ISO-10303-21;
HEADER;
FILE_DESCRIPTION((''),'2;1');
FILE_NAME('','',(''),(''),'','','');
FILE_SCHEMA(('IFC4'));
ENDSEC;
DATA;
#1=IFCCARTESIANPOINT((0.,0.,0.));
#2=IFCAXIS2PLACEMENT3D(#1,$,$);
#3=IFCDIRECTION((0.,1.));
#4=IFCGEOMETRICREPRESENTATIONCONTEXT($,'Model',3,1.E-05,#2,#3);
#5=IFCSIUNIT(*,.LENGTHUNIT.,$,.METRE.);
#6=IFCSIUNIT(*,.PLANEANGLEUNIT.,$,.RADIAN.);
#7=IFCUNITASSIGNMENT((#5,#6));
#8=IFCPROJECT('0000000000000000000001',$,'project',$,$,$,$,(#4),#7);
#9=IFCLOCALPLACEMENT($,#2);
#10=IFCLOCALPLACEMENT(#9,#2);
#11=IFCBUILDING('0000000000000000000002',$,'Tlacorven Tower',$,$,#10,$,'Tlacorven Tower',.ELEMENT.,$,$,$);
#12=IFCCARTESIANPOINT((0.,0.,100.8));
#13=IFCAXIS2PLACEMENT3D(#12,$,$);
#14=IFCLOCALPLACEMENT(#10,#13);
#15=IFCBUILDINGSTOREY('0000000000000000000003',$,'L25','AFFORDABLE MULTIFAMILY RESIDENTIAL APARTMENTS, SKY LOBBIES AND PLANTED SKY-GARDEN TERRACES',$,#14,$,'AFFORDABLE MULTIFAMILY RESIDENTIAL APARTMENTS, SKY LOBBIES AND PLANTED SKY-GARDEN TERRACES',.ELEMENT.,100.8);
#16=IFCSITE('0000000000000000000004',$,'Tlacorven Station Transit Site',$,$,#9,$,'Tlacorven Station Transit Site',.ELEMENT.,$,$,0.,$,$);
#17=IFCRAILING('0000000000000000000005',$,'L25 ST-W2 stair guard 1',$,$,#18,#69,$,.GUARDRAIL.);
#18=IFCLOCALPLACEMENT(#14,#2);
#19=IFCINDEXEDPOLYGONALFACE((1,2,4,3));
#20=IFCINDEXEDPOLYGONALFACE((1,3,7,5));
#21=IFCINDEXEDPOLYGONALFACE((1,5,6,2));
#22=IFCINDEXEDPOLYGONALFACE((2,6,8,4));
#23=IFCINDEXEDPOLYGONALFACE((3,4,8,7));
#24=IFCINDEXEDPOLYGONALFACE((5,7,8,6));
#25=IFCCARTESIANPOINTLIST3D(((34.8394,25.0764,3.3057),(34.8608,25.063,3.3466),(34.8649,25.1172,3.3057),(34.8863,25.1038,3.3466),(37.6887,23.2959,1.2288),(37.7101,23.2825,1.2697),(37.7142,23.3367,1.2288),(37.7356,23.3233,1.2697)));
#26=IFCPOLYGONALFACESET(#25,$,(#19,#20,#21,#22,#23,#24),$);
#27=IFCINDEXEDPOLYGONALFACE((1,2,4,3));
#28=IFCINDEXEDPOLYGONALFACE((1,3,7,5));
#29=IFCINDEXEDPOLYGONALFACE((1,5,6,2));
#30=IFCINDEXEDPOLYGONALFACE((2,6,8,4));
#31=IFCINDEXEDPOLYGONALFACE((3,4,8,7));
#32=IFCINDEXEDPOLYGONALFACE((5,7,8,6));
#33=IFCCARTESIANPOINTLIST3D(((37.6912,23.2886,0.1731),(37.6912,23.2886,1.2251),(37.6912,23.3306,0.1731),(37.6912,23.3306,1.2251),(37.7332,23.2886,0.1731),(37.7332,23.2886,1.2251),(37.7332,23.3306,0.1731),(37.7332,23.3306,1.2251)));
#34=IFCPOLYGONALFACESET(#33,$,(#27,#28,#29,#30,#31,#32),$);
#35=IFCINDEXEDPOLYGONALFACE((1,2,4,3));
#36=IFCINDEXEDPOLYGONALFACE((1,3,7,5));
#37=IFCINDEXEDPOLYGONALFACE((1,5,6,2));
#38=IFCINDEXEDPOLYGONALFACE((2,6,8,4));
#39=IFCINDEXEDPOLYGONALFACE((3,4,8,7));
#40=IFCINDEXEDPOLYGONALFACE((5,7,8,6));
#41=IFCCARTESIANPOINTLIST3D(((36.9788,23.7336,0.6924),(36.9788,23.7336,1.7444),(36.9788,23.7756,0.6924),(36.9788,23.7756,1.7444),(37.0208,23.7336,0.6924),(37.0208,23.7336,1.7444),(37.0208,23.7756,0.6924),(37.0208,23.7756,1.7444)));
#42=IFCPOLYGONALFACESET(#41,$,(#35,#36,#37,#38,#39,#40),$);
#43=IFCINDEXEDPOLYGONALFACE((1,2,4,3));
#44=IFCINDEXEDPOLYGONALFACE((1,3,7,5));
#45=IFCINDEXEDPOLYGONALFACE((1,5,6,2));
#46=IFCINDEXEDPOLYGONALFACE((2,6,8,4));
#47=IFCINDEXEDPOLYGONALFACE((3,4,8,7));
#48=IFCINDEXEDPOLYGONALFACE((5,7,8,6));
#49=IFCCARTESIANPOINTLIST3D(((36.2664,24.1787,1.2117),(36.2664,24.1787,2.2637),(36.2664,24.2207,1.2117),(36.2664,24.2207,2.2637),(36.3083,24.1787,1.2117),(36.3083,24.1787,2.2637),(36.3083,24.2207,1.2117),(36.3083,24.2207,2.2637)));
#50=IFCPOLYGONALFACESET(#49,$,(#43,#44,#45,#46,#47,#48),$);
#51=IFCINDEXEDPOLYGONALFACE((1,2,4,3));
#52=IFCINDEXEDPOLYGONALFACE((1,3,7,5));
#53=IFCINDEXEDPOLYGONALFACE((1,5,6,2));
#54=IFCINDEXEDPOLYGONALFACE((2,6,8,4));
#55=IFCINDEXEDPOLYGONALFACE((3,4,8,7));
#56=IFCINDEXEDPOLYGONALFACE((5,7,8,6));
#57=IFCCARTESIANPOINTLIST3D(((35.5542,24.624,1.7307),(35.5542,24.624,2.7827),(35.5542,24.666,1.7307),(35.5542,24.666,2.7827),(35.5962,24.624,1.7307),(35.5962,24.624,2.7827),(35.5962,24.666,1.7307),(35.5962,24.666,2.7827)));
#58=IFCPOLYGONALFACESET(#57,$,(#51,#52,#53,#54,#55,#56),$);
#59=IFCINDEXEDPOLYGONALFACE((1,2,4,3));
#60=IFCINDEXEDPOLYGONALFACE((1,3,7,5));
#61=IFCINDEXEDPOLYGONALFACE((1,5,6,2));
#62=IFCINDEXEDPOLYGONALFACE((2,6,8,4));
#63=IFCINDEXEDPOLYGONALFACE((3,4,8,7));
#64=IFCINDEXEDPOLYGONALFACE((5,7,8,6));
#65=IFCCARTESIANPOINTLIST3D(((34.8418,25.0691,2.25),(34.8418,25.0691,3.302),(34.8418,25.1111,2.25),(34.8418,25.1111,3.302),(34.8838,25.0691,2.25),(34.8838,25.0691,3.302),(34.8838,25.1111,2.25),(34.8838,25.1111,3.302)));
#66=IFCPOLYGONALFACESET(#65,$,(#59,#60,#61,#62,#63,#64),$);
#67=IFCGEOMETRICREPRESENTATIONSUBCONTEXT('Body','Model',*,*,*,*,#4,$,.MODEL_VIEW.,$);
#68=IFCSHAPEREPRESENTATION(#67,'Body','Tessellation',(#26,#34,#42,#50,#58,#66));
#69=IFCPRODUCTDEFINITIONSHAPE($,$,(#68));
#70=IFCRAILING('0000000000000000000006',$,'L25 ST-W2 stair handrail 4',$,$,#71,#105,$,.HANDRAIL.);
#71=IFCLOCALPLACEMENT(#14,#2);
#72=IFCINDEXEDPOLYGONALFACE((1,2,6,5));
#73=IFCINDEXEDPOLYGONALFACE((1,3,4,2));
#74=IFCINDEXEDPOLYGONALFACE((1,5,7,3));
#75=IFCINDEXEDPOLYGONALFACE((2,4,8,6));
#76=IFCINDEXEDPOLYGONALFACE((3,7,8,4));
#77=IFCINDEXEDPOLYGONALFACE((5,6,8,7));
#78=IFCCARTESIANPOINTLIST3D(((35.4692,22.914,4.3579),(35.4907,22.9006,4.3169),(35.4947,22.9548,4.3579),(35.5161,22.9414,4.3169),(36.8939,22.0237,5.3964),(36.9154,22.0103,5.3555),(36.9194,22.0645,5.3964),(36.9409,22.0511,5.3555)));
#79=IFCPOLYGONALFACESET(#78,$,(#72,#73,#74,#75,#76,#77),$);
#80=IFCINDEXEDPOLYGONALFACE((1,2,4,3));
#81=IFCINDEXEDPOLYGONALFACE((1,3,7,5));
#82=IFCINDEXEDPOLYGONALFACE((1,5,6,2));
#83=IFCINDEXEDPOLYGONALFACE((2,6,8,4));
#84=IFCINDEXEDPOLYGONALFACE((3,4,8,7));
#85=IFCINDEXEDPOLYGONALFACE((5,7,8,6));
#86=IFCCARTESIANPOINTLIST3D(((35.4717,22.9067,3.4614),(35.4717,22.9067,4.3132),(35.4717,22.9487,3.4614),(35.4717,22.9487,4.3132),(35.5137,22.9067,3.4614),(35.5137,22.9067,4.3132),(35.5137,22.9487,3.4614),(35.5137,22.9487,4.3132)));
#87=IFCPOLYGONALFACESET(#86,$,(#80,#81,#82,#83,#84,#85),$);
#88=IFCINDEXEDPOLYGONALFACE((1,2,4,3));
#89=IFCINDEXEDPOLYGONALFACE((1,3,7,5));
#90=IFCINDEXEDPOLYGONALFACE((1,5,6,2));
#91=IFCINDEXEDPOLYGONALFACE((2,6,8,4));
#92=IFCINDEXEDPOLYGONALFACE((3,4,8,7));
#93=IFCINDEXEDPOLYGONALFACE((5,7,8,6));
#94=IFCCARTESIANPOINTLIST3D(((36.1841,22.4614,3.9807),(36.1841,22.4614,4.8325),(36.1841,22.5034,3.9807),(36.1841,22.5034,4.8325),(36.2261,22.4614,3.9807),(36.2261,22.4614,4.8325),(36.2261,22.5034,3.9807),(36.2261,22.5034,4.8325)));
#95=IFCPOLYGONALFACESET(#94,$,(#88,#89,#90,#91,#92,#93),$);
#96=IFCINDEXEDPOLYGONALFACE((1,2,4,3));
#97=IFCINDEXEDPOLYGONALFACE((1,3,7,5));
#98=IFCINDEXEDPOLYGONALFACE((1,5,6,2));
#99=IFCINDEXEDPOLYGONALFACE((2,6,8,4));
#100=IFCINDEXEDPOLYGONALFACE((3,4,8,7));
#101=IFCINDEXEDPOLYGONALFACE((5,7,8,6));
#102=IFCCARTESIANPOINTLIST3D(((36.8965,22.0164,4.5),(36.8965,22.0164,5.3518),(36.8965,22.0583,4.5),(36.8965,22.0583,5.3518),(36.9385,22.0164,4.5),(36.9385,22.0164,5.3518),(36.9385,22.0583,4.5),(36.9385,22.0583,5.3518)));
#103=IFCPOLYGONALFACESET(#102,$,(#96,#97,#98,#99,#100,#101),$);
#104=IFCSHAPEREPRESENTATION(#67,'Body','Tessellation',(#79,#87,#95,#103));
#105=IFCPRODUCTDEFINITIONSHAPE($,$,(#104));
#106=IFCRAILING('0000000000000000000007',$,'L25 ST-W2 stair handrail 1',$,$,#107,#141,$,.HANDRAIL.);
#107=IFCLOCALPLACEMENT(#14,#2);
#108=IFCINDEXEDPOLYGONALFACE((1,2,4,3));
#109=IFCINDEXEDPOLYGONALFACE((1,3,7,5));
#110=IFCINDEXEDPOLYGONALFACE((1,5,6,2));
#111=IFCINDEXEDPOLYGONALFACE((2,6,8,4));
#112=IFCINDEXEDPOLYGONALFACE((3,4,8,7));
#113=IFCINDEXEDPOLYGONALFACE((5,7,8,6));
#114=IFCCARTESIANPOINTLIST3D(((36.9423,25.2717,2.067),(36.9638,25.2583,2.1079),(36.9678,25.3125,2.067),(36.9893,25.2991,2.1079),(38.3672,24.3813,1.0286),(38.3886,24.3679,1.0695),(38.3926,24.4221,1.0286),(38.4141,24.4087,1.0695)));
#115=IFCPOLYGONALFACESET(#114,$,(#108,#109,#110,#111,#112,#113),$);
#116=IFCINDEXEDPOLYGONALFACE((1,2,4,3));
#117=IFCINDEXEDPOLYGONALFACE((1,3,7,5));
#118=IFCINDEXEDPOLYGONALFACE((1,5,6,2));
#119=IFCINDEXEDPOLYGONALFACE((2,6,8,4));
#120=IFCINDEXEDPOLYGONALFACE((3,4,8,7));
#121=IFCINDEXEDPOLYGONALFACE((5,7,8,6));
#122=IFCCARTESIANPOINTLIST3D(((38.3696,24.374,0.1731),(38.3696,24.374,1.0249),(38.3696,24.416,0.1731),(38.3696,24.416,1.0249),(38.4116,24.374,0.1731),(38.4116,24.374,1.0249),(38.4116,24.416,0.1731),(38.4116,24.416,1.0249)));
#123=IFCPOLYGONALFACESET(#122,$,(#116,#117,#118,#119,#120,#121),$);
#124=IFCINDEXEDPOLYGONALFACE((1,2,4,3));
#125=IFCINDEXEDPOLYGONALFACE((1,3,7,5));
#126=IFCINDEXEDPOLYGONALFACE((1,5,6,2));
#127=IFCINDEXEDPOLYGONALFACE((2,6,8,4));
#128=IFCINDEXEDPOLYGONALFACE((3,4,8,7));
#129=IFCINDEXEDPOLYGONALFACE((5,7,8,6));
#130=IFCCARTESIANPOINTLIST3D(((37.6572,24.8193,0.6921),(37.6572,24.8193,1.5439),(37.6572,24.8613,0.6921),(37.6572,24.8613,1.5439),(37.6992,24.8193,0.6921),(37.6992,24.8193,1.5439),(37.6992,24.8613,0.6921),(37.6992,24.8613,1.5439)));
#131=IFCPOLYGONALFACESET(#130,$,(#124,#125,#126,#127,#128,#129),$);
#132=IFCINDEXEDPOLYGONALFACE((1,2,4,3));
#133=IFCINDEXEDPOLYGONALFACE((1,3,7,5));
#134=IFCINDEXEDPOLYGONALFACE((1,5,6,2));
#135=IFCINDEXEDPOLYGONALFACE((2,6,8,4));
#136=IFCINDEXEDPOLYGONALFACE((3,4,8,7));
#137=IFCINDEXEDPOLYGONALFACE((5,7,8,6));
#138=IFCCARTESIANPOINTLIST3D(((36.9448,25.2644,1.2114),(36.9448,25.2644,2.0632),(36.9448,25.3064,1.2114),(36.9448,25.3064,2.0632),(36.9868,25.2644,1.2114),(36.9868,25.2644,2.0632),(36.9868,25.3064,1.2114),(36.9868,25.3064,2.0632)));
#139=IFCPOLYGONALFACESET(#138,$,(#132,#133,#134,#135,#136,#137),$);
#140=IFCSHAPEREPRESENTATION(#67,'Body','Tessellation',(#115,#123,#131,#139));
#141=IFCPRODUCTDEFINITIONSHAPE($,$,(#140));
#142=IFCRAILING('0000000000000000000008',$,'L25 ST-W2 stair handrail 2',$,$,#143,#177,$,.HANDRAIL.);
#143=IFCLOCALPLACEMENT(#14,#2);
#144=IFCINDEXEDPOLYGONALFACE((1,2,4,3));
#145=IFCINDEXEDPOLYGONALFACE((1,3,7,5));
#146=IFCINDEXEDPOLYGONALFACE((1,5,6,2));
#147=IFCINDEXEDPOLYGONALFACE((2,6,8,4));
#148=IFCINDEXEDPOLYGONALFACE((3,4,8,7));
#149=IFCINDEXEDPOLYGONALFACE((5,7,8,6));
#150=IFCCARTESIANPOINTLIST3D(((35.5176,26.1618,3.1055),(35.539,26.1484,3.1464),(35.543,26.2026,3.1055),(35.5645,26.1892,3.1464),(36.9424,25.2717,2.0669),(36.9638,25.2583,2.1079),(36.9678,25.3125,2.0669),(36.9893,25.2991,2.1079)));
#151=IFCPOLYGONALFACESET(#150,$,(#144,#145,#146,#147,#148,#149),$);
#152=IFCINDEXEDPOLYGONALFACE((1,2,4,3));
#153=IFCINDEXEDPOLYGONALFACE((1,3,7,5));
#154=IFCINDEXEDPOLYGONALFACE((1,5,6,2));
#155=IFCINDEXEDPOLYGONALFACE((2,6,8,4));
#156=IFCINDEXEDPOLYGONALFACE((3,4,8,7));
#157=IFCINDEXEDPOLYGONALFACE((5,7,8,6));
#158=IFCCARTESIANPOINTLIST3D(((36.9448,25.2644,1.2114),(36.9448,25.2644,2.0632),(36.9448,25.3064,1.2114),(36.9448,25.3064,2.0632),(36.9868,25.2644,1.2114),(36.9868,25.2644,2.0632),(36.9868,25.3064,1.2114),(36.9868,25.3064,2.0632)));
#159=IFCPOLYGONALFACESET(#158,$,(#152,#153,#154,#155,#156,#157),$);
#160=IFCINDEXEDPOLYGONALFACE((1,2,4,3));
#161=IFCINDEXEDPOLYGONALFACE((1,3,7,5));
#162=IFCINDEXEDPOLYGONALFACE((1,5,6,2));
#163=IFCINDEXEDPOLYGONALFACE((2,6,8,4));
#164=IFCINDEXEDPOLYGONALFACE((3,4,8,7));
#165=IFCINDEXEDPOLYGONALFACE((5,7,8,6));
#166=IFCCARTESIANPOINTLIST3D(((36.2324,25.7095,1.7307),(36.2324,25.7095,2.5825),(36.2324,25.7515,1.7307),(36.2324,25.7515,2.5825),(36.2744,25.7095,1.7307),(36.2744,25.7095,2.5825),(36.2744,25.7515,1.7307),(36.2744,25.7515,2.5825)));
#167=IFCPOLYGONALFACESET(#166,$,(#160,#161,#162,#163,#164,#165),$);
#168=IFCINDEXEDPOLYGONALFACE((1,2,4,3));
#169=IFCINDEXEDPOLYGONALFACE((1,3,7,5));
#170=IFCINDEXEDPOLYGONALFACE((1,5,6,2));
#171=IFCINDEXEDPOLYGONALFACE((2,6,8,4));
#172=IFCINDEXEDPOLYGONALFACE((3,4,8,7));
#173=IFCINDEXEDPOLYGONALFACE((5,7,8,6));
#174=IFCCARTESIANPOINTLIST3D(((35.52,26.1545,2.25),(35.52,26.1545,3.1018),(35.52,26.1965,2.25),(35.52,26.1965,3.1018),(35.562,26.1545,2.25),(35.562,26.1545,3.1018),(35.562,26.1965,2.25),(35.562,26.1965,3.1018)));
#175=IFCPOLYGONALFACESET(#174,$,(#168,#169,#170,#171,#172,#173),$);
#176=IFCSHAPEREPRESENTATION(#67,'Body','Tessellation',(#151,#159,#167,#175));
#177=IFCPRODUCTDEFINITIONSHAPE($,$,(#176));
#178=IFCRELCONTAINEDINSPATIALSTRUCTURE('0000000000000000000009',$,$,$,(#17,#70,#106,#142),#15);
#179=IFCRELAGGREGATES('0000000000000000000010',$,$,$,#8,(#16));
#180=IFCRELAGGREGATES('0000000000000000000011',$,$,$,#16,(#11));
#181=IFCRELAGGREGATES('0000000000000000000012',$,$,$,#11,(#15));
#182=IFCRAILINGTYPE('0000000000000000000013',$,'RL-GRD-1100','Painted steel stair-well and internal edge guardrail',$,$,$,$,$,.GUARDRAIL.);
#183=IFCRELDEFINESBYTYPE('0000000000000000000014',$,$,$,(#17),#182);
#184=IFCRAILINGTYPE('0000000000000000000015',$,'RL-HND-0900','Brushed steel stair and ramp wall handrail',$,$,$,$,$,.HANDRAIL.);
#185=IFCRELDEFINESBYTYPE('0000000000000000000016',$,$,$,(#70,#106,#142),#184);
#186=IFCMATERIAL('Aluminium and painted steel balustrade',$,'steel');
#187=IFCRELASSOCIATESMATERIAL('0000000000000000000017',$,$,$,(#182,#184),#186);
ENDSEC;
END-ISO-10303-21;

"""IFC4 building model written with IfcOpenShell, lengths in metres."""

from ifc_helpers import new_model, si_unit, direction, frame, origin, origin_2d, place, context, subcontext, project, spatial, rectangle, extrude, source, transform, mapped, material, type_object, element, save


model = new_model("IFC4")

# Units and contexts
model_context = context("Model", 3, precision=1e-05, world=origin(), true_north=direction((0.0, 1.0)))
body_context = subcontext(model_context, "Body", "Model", "MODEL_VIEW")
ifc_project = project(units=[si_unit("LENGTHUNIT", "METRE"), si_unit("PLANEANGLEUNIT", "RADIAN")], contexts=[model_context])

# Site, building, storey
site_placement = place(None, origin())
site = spatial("IfcSite", under=ifc_project, at=site_placement, Name="Tlacorven Station Transit Site", LongName="Tlacorven Station Transit Site", CompositionType="ELEMENT", RefElevation=0.0)
building_placement = place(site_placement, origin())
building = spatial("IfcBuilding", under=site, at=building_placement, Name="Tlacorven Tower", LongName="Tlacorven Tower", CompositionType="ELEMENT")
storey_placement = place(building_placement, frame((0.0, 0.0, 100.8)))
storey = spatial("IfcBuildingStorey", under=building, at=storey_placement, Name="L25", Description="AFFORDABLE MULTIFAMILY RESIDENTIAL APARTMENTS, SKY LOBBIES AND PLANTED SKY-GARDEN TERRACES", LongName="AFFORDABLE MULTIFAMILY RESIDENTIAL APARTMENTS, SKY LOBBIES AND PLANTED SKY-GARDEN TERRACES", CompositionType="ELEMENT", Elevation=100.8)

# Railings
ifc_material_1 = material(Name="Aluminium and painted steel balustrade", Category="steel")
railing_type_1 = type_object("IfcRailingType", Name="RL-GRD-1100", Description="Painted steel stair-well and internal edge guardrail", PredefinedType="GUARDRAIL", material=ifc_material_1)
shared_shape_1 = source(origin(), body_context, "Body", "SweptSolid", [
    extrude(rectangle(XDim=0.0481, YDim=0.0481, at=origin_2d()), frame((0.0, 0.0, 1.0762), z_axis=(-0.721355, 0.450762, 0.525796), x_axis=(-0.529927, -0.848043, 0.0)), (0.0, 0.0, 1.0), 3.95),
    extrude(rectangle(XDim=0.042, YDim=0.042, at=origin_2d()), origin(), (0.0, 0.0, 1.0), 1.052),
    extrude(rectangle(XDim=0.042, YDim=0.042, at=origin_2d()), frame((-0.7124, 0.4451, 0.5193)), (0.0, 0.0, 1.0), 1.052),
    extrude(rectangle(XDim=0.042, YDim=0.042, at=origin_2d()), frame((-1.4248, 0.8901, 1.0386)), (0.0, 0.0, 1.0), 1.052),
    extrude(rectangle(XDim=0.042, YDim=0.042, at=origin_2d()), frame((-2.137, 1.3354, 1.5576)), (0.0, 0.0, 1.0), 1.052),
    extrude(rectangle(XDim=0.042, YDim=0.042, at=origin_2d()), frame((-2.8494, 1.7805, 2.0769)), (0.0, 0.0, 1.0), 1.052),
])
railing_1_placement = place(storey_placement, frame((37.7122, 23.3096, 0.1731)))
element("IfcRailing", 1, at=railing_1_placement, inside=storey, type_object=railing_type_1, Name="L25 ST-W2 stair guard 1", PredefinedType="GUARDRAIL", context=body_context, shape_type="MappedRepresentation", body=[
    mapped(shared_shape_1, transform((0.0, 0.0, 0.0), scale=1.0)),
])
railing_type_2 = type_object("IfcRailingType", Name="RL-HND-0900", Description="Brushed steel stair and ramp wall handrail", PredefinedType="HANDRAIL", material=ifc_material_1)
shared_shape_2 = source(origin(), body_context, "Body", "SweptSolid", [
    extrude(rectangle(XDim=0.0481, YDim=0.0481, at=origin_2d()), frame((0.0, 0.0, 0.876), z_axis=(0.721341, -0.450776, 0.525803), x_axis=(0.529947, 0.848031, 0.0)), (0.0, 0.0, 1.0), 1.9751),
    extrude(rectangle(XDim=0.042, YDim=0.042, at=origin_2d()), origin(), (0.0, 0.0, 1.0), 0.8518),
    extrude(rectangle(XDim=0.042, YDim=0.042, at=origin_2d()), frame((0.7124, -0.4453, 0.5193)), (0.0, 0.0, 1.0), 0.8518),
    extrude(rectangle(XDim=0.042, YDim=0.042, at=origin_2d()), frame((1.4248, -0.8904, 1.0386)), (0.0, 0.0, 1.0), 0.8518),
])
railing_2_placement = place(storey_placement, frame((35.4927, 22.9277, 3.4614)))
element("IfcRailing", 2, at=railing_2_placement, inside=storey, type_object=railing_type_2, Name="L25 ST-W2 stair handrail 4", PredefinedType="HANDRAIL", context=body_context, shape_type="MappedRepresentation", body=[
    mapped(shared_shape_2, transform((0.0, 0.0, 0.0), scale=1.0)),
])
shared_shape_3 = source(origin(), body_context, "Body", "SweptSolid", [
    extrude(rectangle(XDim=0.0481, YDim=0.0481, at=origin_2d()), frame((0.0, 0.0, 0.876), z_axis=(-0.721388, 0.450805, 0.525713), x_axis=(-0.529947, -0.848031, 0.0)), (0.0, 0.0, 1.0), 1.9751),
    extrude(rectangle(XDim=0.042, YDim=0.042, at=origin_2d()), origin(), (0.0, 0.0, 1.0), 0.8518),
    extrude(rectangle(XDim=0.042, YDim=0.042, at=origin_2d()), frame((-0.7124, 0.4453, 0.519)), (0.0, 0.0, 1.0), 0.8518),
    extrude(rectangle(XDim=0.042, YDim=0.042, at=origin_2d()), frame((-1.4248, 0.8904, 1.0383)), (0.0, 0.0, 1.0), 0.8518),
])
railing_3_placement = place(storey_placement, frame((38.3906, 24.395, 0.1731)))
element("IfcRailing", 3, at=railing_3_placement, inside=storey, type_object=railing_type_2, Name="L25 ST-W2 stair handrail 1", PredefinedType="HANDRAIL", context=body_context, shape_type="MappedRepresentation", body=[
    mapped(shared_shape_3, transform((0.0, 0.0, 0.0), scale=1.0)),
])
shared_shape_4 = source(origin(), body_context, "Body", "SweptSolid", [
    extrude(rectangle(XDim=0.0481, YDim=0.0481, at=origin_2d()), frame((0.0, 0.0, 0.876), z_axis=(-0.721381, 0.450678, 0.525832), x_axis=(-0.529842, -0.848096, 0.0)), (0.0, 0.0, 1.0), 1.9751),
    extrude(rectangle(XDim=0.042, YDim=0.042, at=origin_2d()), origin(), (0.0, 0.0, 1.0), 0.8518),
    extrude(rectangle(XDim=0.042, YDim=0.042, at=origin_2d()), frame((-0.7124, 0.4451, 0.5193)), (0.0, 0.0, 1.0), 0.8518),
    extrude(rectangle(XDim=0.042, YDim=0.042, at=origin_2d()), frame((-1.4248, 0.8901, 1.0386)), (0.0, 0.0, 1.0), 0.8518),
])
railing_4_placement = place(storey_placement, frame((36.9658, 25.2854, 1.2114)))
element("IfcRailing", 4, at=railing_4_placement, inside=storey, type_object=railing_type_2, Name="L25 ST-W2 stair handrail 2", PredefinedType="HANDRAIL", context=body_context, shape_type="MappedRepresentation", body=[
    mapped(shared_shape_4, transform((0.0, 0.0, 0.0), scale=1.0)),
])

save(model, "model.ifc")
